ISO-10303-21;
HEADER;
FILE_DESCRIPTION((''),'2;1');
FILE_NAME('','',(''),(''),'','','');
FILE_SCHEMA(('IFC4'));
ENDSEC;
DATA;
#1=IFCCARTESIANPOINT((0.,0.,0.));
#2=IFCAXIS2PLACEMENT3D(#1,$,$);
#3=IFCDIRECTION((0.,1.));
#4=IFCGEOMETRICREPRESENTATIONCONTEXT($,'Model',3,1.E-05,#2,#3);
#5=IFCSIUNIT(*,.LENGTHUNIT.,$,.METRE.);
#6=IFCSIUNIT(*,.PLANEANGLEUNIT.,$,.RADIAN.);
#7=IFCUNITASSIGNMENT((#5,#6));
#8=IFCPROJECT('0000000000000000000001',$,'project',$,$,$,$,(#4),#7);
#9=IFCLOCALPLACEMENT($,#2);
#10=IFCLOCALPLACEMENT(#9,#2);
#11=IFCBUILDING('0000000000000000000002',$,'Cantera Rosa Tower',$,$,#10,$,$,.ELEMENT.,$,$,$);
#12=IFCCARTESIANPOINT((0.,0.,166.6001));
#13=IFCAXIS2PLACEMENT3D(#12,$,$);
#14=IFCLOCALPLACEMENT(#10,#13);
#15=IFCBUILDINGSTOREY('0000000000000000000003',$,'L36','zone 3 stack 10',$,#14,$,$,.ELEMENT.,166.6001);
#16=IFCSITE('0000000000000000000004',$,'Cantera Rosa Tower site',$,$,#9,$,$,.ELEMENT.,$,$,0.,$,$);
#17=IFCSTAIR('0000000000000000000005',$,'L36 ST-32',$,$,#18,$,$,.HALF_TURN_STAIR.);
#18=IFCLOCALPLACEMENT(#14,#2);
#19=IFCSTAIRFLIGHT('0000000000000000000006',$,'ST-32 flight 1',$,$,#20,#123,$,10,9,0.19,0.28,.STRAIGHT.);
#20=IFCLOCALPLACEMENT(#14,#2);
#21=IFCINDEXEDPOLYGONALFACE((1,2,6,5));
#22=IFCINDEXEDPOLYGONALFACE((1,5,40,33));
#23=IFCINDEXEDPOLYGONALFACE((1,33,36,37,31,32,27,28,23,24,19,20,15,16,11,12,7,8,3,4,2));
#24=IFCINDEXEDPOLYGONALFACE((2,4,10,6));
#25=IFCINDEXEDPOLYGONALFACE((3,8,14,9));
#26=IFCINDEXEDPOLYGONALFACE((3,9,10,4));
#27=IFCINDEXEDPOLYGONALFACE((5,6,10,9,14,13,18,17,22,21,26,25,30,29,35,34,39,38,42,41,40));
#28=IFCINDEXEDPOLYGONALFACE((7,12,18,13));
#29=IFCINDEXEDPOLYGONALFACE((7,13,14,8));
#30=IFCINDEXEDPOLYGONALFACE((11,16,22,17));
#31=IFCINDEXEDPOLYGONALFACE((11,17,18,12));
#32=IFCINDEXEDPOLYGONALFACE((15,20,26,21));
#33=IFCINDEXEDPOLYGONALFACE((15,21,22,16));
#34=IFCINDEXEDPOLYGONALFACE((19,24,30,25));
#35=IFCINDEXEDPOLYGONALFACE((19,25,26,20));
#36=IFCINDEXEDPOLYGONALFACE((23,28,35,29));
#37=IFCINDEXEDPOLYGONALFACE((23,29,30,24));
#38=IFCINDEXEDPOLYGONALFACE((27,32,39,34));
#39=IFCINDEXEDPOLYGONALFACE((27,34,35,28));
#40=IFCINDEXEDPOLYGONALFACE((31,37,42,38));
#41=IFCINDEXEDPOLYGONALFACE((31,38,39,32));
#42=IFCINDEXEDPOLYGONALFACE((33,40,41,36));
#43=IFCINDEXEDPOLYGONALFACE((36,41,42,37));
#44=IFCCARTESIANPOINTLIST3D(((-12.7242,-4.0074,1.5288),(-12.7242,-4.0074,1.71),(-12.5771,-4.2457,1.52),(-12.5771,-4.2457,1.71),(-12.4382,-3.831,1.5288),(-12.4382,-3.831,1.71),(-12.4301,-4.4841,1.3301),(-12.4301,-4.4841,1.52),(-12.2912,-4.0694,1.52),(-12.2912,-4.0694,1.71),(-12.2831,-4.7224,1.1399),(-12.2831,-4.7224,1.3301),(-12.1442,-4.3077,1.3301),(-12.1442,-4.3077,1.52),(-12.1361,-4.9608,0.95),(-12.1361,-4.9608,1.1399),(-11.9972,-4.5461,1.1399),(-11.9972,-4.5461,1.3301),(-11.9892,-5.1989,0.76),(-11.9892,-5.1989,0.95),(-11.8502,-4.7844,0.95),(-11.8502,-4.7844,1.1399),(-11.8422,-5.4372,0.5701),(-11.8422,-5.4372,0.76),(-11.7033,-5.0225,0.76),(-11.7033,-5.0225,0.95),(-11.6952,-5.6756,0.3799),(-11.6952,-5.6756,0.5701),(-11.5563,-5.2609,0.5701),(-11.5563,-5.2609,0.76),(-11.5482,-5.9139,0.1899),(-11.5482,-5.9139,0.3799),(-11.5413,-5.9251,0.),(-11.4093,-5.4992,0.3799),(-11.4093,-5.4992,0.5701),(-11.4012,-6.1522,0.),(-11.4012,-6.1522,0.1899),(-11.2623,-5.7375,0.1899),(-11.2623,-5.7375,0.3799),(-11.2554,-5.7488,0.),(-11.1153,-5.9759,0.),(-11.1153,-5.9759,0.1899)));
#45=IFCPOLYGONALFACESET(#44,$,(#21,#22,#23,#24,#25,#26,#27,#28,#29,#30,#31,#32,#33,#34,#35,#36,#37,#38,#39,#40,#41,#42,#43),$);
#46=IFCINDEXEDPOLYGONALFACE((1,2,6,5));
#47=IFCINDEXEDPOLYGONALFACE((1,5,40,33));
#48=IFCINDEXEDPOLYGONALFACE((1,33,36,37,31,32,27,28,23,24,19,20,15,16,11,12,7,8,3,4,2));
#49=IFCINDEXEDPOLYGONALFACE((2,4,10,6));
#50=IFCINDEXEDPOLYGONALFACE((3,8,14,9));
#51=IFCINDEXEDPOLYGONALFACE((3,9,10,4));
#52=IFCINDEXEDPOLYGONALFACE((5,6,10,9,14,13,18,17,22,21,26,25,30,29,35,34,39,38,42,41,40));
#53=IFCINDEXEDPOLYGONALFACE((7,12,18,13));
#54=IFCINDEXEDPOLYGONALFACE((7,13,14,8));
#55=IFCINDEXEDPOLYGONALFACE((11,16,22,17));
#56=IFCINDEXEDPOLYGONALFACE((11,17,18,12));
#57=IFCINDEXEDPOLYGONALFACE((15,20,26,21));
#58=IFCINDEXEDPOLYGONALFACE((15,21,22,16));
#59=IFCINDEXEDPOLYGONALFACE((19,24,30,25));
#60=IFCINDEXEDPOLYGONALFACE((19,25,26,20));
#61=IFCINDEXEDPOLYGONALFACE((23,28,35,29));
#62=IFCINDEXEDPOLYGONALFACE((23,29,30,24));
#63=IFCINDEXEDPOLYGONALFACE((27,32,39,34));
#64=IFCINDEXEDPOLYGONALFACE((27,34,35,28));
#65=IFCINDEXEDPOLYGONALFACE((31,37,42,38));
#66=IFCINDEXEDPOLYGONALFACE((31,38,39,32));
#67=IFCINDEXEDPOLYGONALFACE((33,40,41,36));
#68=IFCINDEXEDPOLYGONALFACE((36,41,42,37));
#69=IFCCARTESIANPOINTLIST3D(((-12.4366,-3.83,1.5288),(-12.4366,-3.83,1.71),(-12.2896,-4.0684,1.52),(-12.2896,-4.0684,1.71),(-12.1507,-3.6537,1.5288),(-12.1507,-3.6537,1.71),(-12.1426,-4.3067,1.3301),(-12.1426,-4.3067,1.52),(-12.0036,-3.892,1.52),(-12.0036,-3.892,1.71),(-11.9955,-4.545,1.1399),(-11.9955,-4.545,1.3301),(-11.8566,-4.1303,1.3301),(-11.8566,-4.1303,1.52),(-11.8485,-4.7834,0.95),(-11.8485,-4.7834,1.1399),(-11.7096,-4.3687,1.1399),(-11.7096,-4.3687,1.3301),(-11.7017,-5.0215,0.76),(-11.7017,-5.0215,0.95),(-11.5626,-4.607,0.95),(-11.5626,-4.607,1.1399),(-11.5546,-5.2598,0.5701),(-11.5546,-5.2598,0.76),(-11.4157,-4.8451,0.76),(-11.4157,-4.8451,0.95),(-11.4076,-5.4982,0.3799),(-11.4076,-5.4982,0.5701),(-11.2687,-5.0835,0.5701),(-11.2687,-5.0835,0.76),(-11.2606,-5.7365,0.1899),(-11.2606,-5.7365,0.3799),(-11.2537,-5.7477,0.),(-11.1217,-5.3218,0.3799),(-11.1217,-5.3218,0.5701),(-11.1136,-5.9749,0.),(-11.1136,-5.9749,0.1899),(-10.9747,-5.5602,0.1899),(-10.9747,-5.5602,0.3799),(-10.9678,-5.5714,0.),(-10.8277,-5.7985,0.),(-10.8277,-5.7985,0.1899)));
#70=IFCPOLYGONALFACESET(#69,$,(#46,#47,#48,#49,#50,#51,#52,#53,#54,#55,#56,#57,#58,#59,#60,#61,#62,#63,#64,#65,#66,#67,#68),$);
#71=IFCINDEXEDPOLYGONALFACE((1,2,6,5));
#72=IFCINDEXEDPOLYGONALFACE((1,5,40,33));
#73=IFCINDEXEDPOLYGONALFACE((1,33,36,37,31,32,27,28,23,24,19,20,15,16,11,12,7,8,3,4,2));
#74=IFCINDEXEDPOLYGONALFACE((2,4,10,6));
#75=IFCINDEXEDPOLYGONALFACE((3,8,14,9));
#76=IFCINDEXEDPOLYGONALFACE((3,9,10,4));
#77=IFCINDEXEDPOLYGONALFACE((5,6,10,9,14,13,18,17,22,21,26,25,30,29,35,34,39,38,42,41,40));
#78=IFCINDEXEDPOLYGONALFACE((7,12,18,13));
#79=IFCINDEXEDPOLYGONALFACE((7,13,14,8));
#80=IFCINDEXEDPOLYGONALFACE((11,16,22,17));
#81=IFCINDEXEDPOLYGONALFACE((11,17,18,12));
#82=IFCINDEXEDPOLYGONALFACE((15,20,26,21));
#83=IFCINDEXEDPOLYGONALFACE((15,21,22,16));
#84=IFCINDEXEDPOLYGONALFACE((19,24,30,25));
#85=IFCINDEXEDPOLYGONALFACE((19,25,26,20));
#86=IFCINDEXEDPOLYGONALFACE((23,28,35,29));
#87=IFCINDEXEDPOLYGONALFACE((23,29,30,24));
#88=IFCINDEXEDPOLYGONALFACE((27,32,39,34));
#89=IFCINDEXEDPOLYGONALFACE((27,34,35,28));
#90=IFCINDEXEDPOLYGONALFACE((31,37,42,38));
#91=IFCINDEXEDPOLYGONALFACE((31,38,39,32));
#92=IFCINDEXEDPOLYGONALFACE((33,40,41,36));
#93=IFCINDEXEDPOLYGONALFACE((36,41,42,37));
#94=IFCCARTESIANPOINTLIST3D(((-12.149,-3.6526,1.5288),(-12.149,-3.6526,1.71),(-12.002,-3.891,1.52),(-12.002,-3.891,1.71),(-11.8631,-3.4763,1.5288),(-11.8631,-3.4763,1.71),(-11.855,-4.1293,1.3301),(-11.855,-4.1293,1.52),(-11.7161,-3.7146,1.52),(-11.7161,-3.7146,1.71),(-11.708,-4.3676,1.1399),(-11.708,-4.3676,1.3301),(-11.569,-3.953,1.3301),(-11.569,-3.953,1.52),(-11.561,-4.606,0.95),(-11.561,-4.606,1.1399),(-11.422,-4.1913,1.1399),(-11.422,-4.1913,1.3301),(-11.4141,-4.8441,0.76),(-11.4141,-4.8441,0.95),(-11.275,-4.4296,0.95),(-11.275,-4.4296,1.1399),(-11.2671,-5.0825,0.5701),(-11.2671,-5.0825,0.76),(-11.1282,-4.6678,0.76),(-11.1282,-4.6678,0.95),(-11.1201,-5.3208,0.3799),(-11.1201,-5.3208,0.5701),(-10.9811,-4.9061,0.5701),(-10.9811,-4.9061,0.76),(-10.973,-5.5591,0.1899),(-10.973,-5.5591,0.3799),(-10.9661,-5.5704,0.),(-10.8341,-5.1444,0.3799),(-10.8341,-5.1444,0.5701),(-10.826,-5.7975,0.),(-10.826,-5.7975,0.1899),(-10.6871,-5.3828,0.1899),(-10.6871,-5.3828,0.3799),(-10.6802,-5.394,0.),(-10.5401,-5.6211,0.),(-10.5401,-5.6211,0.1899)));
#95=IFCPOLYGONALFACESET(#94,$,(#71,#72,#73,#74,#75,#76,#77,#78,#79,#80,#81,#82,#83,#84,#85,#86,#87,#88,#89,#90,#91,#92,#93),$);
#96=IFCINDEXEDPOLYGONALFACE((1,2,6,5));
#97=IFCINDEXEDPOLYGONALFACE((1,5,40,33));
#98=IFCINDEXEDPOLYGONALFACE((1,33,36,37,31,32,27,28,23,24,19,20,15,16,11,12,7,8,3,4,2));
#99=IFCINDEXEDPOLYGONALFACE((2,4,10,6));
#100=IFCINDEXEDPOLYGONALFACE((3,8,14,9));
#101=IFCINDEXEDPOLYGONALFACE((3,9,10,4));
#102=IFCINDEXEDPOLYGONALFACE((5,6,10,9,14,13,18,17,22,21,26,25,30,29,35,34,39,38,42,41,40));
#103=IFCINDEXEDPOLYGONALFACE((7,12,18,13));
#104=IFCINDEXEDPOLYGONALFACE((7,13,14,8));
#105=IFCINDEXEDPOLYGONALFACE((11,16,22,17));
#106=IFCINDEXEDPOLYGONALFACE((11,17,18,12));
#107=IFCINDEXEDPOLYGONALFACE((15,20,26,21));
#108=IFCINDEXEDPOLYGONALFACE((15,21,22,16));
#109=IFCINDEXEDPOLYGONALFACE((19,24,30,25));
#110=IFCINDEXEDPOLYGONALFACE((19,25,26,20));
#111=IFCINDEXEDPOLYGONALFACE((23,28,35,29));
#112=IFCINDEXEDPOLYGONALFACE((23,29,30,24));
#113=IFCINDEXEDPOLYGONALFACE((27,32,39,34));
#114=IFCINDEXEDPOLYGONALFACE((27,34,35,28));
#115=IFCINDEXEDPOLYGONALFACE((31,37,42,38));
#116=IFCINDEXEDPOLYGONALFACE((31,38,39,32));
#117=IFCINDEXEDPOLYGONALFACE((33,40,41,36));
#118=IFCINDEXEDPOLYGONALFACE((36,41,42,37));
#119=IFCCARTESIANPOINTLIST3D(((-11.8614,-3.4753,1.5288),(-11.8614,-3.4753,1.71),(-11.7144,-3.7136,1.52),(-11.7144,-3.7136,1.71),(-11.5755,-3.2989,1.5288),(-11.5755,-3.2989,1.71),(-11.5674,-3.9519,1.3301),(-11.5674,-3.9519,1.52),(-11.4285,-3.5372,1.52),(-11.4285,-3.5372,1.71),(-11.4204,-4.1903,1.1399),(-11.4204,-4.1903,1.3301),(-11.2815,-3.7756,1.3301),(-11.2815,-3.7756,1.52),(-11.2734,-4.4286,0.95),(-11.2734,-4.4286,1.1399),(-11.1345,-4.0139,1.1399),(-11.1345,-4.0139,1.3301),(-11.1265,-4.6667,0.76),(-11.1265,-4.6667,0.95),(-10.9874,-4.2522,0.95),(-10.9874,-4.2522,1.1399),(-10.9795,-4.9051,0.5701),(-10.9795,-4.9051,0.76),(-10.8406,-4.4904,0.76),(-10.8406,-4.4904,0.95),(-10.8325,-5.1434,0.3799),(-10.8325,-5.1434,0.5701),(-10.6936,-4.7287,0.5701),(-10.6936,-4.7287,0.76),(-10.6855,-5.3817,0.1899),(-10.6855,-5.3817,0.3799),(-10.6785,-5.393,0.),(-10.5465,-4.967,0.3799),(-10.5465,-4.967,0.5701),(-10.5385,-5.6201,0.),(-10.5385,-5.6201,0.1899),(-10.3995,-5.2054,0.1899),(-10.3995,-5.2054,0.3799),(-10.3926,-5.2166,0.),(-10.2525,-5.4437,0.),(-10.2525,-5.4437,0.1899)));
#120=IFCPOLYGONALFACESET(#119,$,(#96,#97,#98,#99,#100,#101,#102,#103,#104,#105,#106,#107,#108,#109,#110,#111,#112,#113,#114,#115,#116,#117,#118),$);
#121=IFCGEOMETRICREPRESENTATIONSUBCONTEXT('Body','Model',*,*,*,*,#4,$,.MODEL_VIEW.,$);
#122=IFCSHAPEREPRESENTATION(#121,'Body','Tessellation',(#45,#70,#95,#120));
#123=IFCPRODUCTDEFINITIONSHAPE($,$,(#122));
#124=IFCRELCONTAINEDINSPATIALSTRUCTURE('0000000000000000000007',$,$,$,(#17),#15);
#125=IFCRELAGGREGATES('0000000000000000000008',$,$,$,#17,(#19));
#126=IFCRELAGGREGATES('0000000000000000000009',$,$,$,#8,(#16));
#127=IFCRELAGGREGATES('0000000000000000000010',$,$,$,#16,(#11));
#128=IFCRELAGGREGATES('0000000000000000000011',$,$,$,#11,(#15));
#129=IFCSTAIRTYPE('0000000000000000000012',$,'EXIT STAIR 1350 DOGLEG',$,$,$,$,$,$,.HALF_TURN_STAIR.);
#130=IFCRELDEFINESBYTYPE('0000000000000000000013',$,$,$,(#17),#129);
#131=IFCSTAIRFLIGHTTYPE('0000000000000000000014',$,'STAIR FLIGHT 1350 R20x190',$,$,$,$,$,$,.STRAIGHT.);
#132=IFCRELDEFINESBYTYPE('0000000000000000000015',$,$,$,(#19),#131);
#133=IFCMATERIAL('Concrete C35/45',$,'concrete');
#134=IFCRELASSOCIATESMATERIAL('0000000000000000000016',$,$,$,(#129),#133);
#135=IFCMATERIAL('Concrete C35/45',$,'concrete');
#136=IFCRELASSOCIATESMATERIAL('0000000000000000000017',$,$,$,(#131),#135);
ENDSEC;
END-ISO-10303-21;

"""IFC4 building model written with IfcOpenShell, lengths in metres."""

from ifc_helpers import new_model, si_unit, direction, frame, origin, place, context, subcontext, project, spatial, polyline, outline, extrude, material, type_object, element, aggregate, save


model = new_model("IFC4")

# Units and contexts
model_context = context("Model", 3, precision=1e-05, world=origin(), true_north=direction((0.0, 1.0)))
body_context = subcontext(model_context, "Body", "Model", "MODEL_VIEW")
ifc_project = project(units=[si_unit("LENGTHUNIT", "METRE"), si_unit("PLANEANGLEUNIT", "RADIAN")], contexts=[model_context])

# Site, building, storey
site_placement = place(None, origin())
site = spatial("IfcSite", under=ifc_project, at=site_placement, Name="Cantera Rosa Tower site", CompositionType="ELEMENT", RefElevation=0.0)
building_placement = place(site_placement, origin())
building = spatial("IfcBuilding", under=site, at=building_placement, Name="Cantera Rosa Tower", CompositionType="ELEMENT")
storey_placement = place(building_placement, frame((0.0, 0.0, 166.6001)))
storey = spatial("IfcBuildingStorey", under=building, at=storey_placement, Name="L36", Description="zone 3 stack 10", CompositionType="ELEMENT", Elevation=166.6001)

# Stair, stair flight
ifc_material_1 = material(Name="Concrete C35/45", Category="concrete")
stair_type = type_object("IfcStairType", Name="EXIT STAIR 1350 DOGLEG", PredefinedType="HALF_TURN_STAIR", material=ifc_material_1)
stair_placement = place(storey_placement, origin())
stair = element("IfcStair", 1, at=stair_placement, inside=storey, type_object=stair_type, Name="L36 ST-32", PredefinedType="HALF_TURN_STAIR")
ifc_material_2 = material(Name="Concrete C35/45", Category="concrete")
stair_flight_type = type_object("IfcStairFlightType", Name="STAIR FLIGHT 1350 R20x190", PredefinedType="STRAIGHT", material=ifc_material_2)
stair_flight_1_placement = place(storey_placement, frame((-10.8267, -5.7979, 0.0), z_axis=(0.0, 0.0, 1.0), x_axis=(-0.524977, 0.851117, 0.0)))
stair_flight_1 = element("IfcStairFlight", 2, at=stair_flight_1_placement, type_object=stair_flight_type, Name="ST-32 flight 1", NumberOfRisers=10, NumberOfTreads=9, PredefinedType="STRAIGHT", RiserHeight=0.19, TreadLength=0.28, context=body_context, shape_type="SweptSolid", body=[
    extrude(outline(polyline([(0.0, 0.0), (0.0, 0.1899), (0.28, 0.1899), (0.28, 0.3799), (0.5601, 0.3799), (0.5601, 0.5701), (0.8401, 0.5701), (0.8401, 0.76), (1.1201, 0.76), (1.1201, 0.95), (1.3999, 0.95), (1.3999, 1.1399), (1.6799, 1.1399), (1.6799, 1.3301), (1.96, 1.3301), (1.96, 1.52), (2.24, 1.52), (2.24, 1.71), (2.52, 1.71), (2.52, 1.8999), (2.52, 1.5288), (0.2668, 0.0), (0.0, 0.0)])), frame((0.0, 0.675, 0.0), z_axis=(0.0, -1.0, 0.0), x_axis=(1.0, 0.0, 0.0)), (0.0, 0.0, 1.0), 0.3359),
    extrude(outline(polyline([(0.0, 0.0), (0.0, 0.1899), (0.28, 0.1899), (0.28, 0.3799), (0.5601, 0.3799), (0.5601, 0.5701), (0.8401, 0.5701), (0.8401, 0.76), (1.1201, 0.76), (1.1201, 0.95), (1.3999, 0.95), (1.3999, 1.1399), (1.6799, 1.1399), (1.6799, 1.3301), (1.96, 1.3301), (1.96, 1.52), (2.24, 1.52), (2.24, 1.71), (2.52, 1.71), (2.52, 1.8999), (2.52, 1.5288), (0.2668, 0.0), (0.0, 0.0)])), frame((0.0, 0.3372, 0.0), z_axis=(0.0, -1.0, 0.0), x_axis=(1.0, 0.0, 0.0)), (0.0, 0.0, 1.0), 0.3359),
    extrude(outline(polyline([(0.0, 0.0), (0.0, 0.1899), (0.28, 0.1899), (0.28, 0.3799), (0.5601, 0.3799), (0.5601, 0.5701), (0.8401, 0.5701), (0.8401, 0.76), (1.1201, 0.76), (1.1201, 0.95), (1.3999, 0.95), (1.3999, 1.1399), (1.6799, 1.1399), (1.6799, 1.3301), (1.96, 1.3301), (1.96, 1.52), (2.24, 1.52), (2.24, 1.71), (2.52, 1.71), (2.52, 1.8999), (2.52, 1.5288), (0.2668, 0.0), (0.0, 0.0)])), frame((0.0, -0.0007, 0.0), z_axis=(0.0, -1.0, 0.0), x_axis=(1.0, 0.0, 0.0)), (0.0, 0.0, 1.0), 0.3359),
    extrude(outline(polyline([(0.0, 0.0), (0.0, 0.1899), (0.28, 0.1899), (0.28, 0.3799), (0.5601, 0.3799), (0.5601, 0.5701), (0.8401, 0.5701), (0.8401, 0.76), (1.1201, 0.76), (1.1201, 0.95), (1.3999, 0.95), (1.3999, 1.1399), (1.6799, 1.1399), (1.6799, 1.3301), (1.96, 1.3301), (1.96, 1.52), (2.24, 1.52), (2.24, 1.71), (2.52, 1.71), (2.52, 1.8999), (2.52, 1.5288), (0.2668, 0.0), (0.0, 0.0)])), frame((0.0, -0.3386, 0.0), z_axis=(0.0, -1.0, 0.0), x_axis=(1.0, 0.0, 0.0)), (0.0, 0.0, 1.0), 0.3359),
])
aggregate(stair, [stair_flight_1])

save(model, "model.ifc")
